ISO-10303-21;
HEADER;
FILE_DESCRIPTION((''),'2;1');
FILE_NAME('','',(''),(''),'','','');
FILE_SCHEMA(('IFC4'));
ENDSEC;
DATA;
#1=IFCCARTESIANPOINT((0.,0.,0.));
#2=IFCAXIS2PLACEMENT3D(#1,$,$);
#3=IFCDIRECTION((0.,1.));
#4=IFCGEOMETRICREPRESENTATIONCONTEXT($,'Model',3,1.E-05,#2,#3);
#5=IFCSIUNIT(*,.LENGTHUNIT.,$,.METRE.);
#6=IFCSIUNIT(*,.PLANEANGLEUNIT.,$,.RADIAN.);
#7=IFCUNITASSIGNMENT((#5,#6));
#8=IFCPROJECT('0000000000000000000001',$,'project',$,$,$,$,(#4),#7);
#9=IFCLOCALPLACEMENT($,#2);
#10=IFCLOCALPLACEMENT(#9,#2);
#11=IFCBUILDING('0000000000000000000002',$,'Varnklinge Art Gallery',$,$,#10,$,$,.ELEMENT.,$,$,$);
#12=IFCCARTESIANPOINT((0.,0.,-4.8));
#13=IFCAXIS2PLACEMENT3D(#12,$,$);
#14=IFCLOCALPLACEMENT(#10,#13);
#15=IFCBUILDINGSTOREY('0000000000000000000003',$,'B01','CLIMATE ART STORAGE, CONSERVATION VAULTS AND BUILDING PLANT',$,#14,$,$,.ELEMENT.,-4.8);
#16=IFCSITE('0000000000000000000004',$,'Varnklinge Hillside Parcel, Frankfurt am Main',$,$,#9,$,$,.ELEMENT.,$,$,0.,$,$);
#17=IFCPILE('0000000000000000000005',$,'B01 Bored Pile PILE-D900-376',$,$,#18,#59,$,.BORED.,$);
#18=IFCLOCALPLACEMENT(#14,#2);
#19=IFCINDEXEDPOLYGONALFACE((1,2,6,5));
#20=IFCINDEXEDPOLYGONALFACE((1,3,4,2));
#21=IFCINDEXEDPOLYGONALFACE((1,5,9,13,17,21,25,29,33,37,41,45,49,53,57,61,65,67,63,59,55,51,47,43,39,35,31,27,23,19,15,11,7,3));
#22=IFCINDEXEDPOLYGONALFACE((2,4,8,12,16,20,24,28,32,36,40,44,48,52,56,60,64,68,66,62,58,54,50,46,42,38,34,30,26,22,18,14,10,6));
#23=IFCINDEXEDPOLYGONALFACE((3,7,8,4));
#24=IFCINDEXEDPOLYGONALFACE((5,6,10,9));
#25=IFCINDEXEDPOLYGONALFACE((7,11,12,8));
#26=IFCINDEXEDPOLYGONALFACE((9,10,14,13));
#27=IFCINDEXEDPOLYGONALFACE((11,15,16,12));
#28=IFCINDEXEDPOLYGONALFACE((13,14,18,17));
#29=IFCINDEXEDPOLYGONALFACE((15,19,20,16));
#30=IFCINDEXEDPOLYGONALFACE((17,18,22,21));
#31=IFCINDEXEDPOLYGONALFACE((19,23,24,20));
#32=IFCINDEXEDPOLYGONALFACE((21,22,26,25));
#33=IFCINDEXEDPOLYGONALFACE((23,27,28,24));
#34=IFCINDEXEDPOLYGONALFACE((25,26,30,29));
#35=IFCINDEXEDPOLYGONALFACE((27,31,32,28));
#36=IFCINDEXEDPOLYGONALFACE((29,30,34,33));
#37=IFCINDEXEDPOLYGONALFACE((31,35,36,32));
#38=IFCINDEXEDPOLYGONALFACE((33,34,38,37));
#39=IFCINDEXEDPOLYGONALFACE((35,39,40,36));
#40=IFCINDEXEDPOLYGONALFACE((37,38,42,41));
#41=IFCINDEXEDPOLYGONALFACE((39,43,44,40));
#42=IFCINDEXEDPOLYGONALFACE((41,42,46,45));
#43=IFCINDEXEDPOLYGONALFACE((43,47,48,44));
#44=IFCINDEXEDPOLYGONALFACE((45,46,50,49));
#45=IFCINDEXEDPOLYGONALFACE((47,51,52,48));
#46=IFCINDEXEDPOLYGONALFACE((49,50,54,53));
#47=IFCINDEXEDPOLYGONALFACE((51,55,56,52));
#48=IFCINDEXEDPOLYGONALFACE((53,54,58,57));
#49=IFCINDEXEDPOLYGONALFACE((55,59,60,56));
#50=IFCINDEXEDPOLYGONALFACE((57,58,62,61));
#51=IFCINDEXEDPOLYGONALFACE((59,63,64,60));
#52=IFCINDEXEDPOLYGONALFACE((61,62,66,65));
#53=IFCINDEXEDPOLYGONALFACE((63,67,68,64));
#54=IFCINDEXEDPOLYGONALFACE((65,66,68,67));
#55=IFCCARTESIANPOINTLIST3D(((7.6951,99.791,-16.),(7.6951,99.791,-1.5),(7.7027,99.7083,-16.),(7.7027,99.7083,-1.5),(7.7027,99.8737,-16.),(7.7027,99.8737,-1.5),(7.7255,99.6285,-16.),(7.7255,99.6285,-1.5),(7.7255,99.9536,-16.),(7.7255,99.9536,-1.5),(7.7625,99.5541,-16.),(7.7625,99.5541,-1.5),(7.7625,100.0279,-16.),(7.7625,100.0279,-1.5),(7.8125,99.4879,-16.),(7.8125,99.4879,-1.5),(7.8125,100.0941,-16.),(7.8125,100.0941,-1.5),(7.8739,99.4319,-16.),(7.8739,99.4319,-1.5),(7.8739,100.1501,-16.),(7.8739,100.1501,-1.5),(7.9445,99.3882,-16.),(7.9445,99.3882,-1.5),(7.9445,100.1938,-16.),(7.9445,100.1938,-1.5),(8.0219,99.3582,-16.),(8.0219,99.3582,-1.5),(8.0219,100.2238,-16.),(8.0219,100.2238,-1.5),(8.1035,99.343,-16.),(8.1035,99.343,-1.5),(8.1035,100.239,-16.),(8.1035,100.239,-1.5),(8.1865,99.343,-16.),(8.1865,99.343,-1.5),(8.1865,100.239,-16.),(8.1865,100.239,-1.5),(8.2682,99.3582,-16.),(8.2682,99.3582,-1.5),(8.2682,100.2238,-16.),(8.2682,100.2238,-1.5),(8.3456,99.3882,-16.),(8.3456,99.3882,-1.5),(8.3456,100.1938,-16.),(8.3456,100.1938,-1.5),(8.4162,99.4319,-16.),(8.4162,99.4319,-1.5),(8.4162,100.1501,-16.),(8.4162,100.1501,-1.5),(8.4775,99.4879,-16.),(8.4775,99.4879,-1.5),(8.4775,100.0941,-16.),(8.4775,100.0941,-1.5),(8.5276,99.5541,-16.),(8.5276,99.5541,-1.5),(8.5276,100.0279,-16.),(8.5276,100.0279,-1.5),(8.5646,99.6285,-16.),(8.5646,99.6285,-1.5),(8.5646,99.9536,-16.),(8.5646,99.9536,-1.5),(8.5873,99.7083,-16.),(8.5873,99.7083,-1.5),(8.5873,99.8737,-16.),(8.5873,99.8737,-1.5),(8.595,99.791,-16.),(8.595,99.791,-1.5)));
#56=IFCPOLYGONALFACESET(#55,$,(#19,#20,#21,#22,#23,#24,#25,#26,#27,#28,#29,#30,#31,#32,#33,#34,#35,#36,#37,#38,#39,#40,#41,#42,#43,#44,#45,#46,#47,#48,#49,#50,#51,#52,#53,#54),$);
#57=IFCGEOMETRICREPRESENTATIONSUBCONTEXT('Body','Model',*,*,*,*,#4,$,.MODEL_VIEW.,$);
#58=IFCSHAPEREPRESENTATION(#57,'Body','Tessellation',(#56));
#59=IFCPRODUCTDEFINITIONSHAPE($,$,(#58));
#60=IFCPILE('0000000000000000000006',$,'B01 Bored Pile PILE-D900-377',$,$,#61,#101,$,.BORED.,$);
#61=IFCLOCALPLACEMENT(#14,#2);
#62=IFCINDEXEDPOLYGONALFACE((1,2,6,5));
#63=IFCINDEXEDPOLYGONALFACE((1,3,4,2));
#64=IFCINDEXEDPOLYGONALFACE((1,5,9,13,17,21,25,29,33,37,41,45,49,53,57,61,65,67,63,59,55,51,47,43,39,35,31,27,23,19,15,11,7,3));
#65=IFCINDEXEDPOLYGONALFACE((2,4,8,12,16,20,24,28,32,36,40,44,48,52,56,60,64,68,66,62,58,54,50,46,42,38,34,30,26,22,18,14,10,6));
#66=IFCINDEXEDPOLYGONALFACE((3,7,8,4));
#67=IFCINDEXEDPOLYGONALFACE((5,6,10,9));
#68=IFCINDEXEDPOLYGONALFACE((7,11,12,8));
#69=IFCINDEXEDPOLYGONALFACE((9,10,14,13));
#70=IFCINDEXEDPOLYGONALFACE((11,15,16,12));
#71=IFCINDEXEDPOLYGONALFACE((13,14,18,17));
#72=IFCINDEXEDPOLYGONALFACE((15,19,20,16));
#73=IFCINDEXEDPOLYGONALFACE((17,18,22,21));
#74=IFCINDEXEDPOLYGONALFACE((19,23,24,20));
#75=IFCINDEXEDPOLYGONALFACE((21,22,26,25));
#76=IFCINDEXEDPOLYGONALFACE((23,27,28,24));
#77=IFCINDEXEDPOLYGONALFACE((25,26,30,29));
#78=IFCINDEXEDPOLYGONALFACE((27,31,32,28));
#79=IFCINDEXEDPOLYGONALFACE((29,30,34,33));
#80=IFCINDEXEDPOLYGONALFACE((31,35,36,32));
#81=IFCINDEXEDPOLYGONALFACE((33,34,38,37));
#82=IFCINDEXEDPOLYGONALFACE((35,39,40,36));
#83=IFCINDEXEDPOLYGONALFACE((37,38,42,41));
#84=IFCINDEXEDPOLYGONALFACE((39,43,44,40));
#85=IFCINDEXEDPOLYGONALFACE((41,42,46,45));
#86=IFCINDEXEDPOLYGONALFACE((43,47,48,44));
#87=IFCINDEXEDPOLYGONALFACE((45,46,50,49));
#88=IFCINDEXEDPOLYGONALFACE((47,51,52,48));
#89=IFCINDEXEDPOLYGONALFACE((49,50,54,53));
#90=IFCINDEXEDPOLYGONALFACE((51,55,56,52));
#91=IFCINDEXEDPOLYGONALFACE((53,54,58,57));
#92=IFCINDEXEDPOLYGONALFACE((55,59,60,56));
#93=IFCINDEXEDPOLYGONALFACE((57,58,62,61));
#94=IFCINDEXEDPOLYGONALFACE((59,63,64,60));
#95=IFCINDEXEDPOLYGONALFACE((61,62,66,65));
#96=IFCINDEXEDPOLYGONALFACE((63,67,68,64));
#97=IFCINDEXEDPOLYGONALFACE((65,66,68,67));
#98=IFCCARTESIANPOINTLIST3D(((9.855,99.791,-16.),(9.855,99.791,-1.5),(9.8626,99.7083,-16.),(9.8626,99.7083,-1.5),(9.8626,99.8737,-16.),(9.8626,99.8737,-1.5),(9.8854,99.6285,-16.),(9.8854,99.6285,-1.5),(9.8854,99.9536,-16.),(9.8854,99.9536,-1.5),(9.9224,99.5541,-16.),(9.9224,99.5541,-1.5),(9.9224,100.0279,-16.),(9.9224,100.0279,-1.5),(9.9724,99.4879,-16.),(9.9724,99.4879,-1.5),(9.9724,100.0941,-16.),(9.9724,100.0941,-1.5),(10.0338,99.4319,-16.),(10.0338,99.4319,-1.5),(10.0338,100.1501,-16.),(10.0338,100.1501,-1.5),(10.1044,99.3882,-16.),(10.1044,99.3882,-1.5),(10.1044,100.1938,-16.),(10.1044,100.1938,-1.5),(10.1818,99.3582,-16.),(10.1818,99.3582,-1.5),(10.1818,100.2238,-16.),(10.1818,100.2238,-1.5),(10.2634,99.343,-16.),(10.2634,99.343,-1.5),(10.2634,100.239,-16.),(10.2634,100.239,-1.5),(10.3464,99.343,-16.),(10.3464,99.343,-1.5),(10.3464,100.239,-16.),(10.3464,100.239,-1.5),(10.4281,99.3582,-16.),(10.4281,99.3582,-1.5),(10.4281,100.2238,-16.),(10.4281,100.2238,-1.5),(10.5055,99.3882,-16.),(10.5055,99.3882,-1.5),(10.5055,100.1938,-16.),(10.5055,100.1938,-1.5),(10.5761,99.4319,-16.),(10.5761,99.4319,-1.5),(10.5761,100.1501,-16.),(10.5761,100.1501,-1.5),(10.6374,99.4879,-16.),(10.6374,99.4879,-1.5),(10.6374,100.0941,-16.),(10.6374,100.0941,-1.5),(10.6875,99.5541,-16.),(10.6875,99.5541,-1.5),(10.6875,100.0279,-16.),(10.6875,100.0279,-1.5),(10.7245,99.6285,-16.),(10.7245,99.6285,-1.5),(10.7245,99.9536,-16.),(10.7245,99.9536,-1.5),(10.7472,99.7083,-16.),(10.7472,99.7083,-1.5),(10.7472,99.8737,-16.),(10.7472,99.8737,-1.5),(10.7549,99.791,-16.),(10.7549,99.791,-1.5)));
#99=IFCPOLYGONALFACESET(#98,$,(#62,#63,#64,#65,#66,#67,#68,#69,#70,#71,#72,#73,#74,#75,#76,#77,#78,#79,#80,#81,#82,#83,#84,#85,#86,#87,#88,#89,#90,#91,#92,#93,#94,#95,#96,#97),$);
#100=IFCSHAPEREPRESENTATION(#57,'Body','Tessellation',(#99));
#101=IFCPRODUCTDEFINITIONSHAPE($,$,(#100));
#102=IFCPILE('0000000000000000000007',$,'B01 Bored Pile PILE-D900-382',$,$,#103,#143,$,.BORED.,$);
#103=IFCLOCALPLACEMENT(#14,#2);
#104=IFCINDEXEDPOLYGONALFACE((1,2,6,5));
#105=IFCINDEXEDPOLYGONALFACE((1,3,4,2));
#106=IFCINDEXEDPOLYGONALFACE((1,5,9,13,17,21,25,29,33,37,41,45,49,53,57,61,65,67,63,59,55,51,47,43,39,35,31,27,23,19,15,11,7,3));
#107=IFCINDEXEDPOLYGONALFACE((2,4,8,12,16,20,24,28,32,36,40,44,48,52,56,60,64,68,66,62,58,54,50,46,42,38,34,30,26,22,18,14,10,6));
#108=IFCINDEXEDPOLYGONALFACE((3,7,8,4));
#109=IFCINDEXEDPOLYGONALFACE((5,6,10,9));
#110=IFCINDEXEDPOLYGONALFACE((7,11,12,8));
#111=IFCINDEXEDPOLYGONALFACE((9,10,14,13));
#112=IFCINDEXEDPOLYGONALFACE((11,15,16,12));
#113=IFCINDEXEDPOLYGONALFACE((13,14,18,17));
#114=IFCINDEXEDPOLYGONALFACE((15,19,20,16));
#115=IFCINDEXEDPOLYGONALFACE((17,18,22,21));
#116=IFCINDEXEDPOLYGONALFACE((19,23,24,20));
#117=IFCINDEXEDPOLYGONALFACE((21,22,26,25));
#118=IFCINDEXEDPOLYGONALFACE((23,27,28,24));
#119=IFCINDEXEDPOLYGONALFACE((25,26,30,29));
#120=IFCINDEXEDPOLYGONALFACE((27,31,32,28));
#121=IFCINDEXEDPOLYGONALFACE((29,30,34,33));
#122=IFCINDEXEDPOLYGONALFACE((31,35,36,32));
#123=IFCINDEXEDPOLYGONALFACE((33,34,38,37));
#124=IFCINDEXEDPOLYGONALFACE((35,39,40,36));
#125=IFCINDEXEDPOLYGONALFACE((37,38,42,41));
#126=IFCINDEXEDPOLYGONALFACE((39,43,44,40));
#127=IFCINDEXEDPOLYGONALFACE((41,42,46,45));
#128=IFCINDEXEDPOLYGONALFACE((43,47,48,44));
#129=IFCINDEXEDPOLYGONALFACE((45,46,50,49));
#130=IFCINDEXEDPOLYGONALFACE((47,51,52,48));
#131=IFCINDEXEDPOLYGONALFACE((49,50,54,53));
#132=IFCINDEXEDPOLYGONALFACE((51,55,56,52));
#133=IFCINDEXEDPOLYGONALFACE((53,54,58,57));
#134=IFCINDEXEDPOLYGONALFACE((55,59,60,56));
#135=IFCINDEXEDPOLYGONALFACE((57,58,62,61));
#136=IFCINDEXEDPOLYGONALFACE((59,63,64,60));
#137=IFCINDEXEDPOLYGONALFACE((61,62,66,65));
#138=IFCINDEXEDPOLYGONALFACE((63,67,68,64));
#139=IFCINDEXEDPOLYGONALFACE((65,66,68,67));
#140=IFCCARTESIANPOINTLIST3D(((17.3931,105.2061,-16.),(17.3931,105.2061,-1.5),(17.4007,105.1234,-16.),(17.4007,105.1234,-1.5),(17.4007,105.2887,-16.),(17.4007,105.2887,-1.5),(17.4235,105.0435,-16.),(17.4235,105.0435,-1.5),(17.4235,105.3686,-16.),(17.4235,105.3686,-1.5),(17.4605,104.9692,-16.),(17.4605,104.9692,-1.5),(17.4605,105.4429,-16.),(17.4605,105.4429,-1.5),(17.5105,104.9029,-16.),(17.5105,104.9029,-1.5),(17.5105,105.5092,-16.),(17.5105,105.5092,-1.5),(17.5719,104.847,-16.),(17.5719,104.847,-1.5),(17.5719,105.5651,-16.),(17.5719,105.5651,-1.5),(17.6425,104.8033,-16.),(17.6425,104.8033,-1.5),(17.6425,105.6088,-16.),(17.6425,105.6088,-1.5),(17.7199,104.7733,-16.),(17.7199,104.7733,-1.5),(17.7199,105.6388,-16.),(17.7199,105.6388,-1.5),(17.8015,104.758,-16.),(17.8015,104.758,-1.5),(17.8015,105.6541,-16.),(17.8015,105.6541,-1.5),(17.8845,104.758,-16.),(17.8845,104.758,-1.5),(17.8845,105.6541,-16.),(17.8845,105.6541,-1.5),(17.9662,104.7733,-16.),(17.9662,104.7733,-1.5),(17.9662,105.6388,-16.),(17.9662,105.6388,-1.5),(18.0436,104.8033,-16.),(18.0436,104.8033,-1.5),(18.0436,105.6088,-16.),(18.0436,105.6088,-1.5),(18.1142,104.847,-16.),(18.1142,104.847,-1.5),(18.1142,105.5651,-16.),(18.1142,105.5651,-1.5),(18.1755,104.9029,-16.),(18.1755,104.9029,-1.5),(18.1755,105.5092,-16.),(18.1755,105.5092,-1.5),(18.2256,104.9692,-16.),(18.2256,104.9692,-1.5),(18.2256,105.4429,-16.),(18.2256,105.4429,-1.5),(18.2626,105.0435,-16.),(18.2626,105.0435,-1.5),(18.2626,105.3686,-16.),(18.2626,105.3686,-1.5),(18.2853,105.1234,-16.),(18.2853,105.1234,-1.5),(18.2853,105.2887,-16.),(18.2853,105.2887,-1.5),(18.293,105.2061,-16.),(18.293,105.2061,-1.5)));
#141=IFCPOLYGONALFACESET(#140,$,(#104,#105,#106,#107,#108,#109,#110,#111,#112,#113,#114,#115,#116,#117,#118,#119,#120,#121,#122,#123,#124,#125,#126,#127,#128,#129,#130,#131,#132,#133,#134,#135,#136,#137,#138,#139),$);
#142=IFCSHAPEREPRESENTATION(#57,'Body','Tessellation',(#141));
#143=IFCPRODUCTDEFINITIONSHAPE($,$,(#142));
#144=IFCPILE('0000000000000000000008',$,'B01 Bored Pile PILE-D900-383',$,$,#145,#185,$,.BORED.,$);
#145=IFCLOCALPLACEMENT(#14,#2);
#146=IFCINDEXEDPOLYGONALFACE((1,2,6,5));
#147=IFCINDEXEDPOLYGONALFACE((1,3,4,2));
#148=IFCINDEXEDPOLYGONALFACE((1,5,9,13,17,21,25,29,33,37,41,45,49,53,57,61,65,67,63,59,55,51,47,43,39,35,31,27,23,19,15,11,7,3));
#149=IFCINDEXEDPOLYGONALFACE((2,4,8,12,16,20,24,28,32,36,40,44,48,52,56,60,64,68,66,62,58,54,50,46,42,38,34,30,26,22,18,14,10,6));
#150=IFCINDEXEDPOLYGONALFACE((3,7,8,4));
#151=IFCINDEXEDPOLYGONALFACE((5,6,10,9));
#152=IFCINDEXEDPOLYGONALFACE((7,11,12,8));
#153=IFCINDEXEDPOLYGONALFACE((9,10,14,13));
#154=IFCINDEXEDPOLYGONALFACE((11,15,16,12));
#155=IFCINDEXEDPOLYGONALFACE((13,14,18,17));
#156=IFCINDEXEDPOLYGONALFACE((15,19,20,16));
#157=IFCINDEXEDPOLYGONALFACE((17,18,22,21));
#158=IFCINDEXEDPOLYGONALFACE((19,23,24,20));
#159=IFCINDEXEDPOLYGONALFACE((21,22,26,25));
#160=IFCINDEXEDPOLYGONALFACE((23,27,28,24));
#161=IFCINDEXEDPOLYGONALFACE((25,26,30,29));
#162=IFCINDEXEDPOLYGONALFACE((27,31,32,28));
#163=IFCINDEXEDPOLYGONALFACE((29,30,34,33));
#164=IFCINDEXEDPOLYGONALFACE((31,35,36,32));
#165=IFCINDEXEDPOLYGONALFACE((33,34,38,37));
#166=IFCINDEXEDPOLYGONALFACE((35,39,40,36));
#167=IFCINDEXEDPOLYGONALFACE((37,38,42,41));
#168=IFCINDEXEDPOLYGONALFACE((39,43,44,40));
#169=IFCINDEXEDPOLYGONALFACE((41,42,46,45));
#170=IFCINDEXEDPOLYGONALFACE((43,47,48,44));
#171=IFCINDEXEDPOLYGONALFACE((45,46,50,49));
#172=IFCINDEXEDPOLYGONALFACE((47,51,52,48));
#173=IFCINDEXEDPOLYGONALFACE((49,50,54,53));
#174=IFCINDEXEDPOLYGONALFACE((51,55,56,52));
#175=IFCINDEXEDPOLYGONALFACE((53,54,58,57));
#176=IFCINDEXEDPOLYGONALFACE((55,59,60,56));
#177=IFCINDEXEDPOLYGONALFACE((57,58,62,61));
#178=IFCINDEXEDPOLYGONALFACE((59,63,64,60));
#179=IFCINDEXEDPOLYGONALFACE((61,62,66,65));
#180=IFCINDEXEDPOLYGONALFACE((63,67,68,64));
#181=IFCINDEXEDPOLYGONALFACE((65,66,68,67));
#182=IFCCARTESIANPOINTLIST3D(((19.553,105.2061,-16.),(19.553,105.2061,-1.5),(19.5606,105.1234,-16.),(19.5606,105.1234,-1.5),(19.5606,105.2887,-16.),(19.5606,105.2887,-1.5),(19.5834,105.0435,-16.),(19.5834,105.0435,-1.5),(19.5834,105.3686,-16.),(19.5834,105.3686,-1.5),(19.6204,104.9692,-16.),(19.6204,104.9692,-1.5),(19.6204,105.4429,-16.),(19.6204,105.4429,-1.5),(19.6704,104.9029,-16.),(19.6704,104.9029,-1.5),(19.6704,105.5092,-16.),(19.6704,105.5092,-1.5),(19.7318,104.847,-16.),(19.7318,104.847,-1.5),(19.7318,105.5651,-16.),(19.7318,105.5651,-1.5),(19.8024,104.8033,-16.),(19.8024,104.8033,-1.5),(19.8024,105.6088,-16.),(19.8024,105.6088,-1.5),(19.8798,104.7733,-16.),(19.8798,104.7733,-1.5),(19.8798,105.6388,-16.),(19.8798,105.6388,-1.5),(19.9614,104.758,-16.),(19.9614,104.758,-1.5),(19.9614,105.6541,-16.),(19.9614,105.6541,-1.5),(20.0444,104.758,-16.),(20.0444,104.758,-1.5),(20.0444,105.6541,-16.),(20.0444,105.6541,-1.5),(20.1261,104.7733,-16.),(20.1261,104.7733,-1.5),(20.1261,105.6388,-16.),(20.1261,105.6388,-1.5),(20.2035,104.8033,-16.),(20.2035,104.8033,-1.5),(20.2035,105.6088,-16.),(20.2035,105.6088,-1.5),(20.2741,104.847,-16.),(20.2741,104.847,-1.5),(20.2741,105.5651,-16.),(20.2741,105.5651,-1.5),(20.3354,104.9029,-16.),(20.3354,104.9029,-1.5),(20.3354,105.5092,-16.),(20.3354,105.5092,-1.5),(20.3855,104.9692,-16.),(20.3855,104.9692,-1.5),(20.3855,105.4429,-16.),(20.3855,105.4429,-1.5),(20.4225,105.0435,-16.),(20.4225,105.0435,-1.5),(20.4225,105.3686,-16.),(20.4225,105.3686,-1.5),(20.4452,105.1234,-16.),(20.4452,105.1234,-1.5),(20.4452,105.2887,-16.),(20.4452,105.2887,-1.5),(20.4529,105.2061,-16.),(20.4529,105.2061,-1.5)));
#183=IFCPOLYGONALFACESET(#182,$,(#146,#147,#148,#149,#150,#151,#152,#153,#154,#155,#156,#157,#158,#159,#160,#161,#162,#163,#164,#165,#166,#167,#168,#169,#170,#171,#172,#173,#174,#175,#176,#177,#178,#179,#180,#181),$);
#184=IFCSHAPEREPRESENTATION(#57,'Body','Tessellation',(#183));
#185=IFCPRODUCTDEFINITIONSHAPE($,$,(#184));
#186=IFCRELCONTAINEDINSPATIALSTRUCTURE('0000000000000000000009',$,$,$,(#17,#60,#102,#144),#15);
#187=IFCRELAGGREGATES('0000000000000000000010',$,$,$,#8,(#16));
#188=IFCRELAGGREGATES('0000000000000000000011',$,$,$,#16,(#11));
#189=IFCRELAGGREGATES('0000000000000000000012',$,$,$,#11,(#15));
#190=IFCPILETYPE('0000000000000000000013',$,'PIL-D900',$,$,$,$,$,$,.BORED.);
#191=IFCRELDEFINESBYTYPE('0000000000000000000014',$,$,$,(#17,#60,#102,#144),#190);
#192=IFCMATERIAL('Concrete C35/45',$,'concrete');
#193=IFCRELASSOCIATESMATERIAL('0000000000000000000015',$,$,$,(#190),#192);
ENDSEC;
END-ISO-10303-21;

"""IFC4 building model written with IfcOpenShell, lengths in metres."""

from ifc_helpers import new_model, si_unit, direction, frame, origin, origin_2d, place, context, subcontext, project, spatial, circle, extrude, material, material_profile, profile_set, type_object, element, save


model = new_model("IFC4")

# Units and contexts
model_context = context("Model", 3, precision=1e-05, world=origin(), true_north=direction((0.0, 1.0)))
body_context = subcontext(model_context, "Body", "Model", "MODEL_VIEW")
ifc_project = project(units=[si_unit("LENGTHUNIT", "METRE"), si_unit("PLANEANGLEUNIT", "RADIAN")], contexts=[model_context])

# Site, building, storey
site_placement = place(None, origin())
site = spatial("IfcSite", under=ifc_project, at=site_placement, Name="Varnklinge Hillside Parcel, Frankfurt am Main", CompositionType="ELEMENT", RefElevation=0.0)
building_placement = place(site_placement, origin())
building = spatial("IfcBuilding", under=site, at=building_placement, Name="Varnklinge Art Gallery", CompositionType="ELEMENT")
storey_placement = place(building_placement, frame((0.0, 0.0, -4.8)))
storey = spatial("IfcBuildingStorey", under=building, at=storey_placement, Name="B01", Description="CLIMATE ART STORAGE, CONSERVATION VAULTS AND BUILDING PLANT", CompositionType="ELEMENT", Elevation=-4.8)

# Piles
ifc_material_1 = material(Name="Concrete C35/45", Category="concrete")
ifc_material_profile_1 = material_profile(ifc_material_1, circle(Radius=0.45, at=origin_2d()), Name="PILE D900")
ifc_profile_set_1 = profile_set([ifc_material_profile_1], Name="Concrete C35/45")
pile_type = type_object("IfcPileType", Name="PIL-D900", PredefinedType="BORED", material=ifc_profile_set_1)
for number, where, z_axis, x_axis, name in (
    (1, (8.145, 99.791, -1.5), (0.0, 0.0, -1.0), (1.0, 0.0, 0.0), "B01 Bored Pile PILE-D900-376"),
    (2, (10.3049, 99.791, -1.5), (0.0, 0.0, -1.0), (1.0, 0.0, 0.0), "B01 Bored Pile PILE-D900-377"),
    (3, (17.843, 105.2061, -1.5), (0.0, 0.0, -1.0), (1.0, 0.0, 0.0), "B01 Bored Pile PILE-D900-382"),
    (4, (20.0029, 105.2061, -1.5), (0.0, 0.0, -1.0), (1.0, 0.0, 0.0), "B01 Bored Pile PILE-D900-383"),
):
    element("IfcPile", number, at=place(storey_placement, frame(where, z_axis=z_axis, x_axis=x_axis)), inside=storey, type_object=pile_type, Name=name, PredefinedType="BORED", context=body_context, shape_type="SweptSolid", body=[
        extrude(circle(Radius=0.45, at=origin_2d()), origin(), (0.0, 0.0, 1.0), 14.5),
    ])

save(model, "model.ifc")
